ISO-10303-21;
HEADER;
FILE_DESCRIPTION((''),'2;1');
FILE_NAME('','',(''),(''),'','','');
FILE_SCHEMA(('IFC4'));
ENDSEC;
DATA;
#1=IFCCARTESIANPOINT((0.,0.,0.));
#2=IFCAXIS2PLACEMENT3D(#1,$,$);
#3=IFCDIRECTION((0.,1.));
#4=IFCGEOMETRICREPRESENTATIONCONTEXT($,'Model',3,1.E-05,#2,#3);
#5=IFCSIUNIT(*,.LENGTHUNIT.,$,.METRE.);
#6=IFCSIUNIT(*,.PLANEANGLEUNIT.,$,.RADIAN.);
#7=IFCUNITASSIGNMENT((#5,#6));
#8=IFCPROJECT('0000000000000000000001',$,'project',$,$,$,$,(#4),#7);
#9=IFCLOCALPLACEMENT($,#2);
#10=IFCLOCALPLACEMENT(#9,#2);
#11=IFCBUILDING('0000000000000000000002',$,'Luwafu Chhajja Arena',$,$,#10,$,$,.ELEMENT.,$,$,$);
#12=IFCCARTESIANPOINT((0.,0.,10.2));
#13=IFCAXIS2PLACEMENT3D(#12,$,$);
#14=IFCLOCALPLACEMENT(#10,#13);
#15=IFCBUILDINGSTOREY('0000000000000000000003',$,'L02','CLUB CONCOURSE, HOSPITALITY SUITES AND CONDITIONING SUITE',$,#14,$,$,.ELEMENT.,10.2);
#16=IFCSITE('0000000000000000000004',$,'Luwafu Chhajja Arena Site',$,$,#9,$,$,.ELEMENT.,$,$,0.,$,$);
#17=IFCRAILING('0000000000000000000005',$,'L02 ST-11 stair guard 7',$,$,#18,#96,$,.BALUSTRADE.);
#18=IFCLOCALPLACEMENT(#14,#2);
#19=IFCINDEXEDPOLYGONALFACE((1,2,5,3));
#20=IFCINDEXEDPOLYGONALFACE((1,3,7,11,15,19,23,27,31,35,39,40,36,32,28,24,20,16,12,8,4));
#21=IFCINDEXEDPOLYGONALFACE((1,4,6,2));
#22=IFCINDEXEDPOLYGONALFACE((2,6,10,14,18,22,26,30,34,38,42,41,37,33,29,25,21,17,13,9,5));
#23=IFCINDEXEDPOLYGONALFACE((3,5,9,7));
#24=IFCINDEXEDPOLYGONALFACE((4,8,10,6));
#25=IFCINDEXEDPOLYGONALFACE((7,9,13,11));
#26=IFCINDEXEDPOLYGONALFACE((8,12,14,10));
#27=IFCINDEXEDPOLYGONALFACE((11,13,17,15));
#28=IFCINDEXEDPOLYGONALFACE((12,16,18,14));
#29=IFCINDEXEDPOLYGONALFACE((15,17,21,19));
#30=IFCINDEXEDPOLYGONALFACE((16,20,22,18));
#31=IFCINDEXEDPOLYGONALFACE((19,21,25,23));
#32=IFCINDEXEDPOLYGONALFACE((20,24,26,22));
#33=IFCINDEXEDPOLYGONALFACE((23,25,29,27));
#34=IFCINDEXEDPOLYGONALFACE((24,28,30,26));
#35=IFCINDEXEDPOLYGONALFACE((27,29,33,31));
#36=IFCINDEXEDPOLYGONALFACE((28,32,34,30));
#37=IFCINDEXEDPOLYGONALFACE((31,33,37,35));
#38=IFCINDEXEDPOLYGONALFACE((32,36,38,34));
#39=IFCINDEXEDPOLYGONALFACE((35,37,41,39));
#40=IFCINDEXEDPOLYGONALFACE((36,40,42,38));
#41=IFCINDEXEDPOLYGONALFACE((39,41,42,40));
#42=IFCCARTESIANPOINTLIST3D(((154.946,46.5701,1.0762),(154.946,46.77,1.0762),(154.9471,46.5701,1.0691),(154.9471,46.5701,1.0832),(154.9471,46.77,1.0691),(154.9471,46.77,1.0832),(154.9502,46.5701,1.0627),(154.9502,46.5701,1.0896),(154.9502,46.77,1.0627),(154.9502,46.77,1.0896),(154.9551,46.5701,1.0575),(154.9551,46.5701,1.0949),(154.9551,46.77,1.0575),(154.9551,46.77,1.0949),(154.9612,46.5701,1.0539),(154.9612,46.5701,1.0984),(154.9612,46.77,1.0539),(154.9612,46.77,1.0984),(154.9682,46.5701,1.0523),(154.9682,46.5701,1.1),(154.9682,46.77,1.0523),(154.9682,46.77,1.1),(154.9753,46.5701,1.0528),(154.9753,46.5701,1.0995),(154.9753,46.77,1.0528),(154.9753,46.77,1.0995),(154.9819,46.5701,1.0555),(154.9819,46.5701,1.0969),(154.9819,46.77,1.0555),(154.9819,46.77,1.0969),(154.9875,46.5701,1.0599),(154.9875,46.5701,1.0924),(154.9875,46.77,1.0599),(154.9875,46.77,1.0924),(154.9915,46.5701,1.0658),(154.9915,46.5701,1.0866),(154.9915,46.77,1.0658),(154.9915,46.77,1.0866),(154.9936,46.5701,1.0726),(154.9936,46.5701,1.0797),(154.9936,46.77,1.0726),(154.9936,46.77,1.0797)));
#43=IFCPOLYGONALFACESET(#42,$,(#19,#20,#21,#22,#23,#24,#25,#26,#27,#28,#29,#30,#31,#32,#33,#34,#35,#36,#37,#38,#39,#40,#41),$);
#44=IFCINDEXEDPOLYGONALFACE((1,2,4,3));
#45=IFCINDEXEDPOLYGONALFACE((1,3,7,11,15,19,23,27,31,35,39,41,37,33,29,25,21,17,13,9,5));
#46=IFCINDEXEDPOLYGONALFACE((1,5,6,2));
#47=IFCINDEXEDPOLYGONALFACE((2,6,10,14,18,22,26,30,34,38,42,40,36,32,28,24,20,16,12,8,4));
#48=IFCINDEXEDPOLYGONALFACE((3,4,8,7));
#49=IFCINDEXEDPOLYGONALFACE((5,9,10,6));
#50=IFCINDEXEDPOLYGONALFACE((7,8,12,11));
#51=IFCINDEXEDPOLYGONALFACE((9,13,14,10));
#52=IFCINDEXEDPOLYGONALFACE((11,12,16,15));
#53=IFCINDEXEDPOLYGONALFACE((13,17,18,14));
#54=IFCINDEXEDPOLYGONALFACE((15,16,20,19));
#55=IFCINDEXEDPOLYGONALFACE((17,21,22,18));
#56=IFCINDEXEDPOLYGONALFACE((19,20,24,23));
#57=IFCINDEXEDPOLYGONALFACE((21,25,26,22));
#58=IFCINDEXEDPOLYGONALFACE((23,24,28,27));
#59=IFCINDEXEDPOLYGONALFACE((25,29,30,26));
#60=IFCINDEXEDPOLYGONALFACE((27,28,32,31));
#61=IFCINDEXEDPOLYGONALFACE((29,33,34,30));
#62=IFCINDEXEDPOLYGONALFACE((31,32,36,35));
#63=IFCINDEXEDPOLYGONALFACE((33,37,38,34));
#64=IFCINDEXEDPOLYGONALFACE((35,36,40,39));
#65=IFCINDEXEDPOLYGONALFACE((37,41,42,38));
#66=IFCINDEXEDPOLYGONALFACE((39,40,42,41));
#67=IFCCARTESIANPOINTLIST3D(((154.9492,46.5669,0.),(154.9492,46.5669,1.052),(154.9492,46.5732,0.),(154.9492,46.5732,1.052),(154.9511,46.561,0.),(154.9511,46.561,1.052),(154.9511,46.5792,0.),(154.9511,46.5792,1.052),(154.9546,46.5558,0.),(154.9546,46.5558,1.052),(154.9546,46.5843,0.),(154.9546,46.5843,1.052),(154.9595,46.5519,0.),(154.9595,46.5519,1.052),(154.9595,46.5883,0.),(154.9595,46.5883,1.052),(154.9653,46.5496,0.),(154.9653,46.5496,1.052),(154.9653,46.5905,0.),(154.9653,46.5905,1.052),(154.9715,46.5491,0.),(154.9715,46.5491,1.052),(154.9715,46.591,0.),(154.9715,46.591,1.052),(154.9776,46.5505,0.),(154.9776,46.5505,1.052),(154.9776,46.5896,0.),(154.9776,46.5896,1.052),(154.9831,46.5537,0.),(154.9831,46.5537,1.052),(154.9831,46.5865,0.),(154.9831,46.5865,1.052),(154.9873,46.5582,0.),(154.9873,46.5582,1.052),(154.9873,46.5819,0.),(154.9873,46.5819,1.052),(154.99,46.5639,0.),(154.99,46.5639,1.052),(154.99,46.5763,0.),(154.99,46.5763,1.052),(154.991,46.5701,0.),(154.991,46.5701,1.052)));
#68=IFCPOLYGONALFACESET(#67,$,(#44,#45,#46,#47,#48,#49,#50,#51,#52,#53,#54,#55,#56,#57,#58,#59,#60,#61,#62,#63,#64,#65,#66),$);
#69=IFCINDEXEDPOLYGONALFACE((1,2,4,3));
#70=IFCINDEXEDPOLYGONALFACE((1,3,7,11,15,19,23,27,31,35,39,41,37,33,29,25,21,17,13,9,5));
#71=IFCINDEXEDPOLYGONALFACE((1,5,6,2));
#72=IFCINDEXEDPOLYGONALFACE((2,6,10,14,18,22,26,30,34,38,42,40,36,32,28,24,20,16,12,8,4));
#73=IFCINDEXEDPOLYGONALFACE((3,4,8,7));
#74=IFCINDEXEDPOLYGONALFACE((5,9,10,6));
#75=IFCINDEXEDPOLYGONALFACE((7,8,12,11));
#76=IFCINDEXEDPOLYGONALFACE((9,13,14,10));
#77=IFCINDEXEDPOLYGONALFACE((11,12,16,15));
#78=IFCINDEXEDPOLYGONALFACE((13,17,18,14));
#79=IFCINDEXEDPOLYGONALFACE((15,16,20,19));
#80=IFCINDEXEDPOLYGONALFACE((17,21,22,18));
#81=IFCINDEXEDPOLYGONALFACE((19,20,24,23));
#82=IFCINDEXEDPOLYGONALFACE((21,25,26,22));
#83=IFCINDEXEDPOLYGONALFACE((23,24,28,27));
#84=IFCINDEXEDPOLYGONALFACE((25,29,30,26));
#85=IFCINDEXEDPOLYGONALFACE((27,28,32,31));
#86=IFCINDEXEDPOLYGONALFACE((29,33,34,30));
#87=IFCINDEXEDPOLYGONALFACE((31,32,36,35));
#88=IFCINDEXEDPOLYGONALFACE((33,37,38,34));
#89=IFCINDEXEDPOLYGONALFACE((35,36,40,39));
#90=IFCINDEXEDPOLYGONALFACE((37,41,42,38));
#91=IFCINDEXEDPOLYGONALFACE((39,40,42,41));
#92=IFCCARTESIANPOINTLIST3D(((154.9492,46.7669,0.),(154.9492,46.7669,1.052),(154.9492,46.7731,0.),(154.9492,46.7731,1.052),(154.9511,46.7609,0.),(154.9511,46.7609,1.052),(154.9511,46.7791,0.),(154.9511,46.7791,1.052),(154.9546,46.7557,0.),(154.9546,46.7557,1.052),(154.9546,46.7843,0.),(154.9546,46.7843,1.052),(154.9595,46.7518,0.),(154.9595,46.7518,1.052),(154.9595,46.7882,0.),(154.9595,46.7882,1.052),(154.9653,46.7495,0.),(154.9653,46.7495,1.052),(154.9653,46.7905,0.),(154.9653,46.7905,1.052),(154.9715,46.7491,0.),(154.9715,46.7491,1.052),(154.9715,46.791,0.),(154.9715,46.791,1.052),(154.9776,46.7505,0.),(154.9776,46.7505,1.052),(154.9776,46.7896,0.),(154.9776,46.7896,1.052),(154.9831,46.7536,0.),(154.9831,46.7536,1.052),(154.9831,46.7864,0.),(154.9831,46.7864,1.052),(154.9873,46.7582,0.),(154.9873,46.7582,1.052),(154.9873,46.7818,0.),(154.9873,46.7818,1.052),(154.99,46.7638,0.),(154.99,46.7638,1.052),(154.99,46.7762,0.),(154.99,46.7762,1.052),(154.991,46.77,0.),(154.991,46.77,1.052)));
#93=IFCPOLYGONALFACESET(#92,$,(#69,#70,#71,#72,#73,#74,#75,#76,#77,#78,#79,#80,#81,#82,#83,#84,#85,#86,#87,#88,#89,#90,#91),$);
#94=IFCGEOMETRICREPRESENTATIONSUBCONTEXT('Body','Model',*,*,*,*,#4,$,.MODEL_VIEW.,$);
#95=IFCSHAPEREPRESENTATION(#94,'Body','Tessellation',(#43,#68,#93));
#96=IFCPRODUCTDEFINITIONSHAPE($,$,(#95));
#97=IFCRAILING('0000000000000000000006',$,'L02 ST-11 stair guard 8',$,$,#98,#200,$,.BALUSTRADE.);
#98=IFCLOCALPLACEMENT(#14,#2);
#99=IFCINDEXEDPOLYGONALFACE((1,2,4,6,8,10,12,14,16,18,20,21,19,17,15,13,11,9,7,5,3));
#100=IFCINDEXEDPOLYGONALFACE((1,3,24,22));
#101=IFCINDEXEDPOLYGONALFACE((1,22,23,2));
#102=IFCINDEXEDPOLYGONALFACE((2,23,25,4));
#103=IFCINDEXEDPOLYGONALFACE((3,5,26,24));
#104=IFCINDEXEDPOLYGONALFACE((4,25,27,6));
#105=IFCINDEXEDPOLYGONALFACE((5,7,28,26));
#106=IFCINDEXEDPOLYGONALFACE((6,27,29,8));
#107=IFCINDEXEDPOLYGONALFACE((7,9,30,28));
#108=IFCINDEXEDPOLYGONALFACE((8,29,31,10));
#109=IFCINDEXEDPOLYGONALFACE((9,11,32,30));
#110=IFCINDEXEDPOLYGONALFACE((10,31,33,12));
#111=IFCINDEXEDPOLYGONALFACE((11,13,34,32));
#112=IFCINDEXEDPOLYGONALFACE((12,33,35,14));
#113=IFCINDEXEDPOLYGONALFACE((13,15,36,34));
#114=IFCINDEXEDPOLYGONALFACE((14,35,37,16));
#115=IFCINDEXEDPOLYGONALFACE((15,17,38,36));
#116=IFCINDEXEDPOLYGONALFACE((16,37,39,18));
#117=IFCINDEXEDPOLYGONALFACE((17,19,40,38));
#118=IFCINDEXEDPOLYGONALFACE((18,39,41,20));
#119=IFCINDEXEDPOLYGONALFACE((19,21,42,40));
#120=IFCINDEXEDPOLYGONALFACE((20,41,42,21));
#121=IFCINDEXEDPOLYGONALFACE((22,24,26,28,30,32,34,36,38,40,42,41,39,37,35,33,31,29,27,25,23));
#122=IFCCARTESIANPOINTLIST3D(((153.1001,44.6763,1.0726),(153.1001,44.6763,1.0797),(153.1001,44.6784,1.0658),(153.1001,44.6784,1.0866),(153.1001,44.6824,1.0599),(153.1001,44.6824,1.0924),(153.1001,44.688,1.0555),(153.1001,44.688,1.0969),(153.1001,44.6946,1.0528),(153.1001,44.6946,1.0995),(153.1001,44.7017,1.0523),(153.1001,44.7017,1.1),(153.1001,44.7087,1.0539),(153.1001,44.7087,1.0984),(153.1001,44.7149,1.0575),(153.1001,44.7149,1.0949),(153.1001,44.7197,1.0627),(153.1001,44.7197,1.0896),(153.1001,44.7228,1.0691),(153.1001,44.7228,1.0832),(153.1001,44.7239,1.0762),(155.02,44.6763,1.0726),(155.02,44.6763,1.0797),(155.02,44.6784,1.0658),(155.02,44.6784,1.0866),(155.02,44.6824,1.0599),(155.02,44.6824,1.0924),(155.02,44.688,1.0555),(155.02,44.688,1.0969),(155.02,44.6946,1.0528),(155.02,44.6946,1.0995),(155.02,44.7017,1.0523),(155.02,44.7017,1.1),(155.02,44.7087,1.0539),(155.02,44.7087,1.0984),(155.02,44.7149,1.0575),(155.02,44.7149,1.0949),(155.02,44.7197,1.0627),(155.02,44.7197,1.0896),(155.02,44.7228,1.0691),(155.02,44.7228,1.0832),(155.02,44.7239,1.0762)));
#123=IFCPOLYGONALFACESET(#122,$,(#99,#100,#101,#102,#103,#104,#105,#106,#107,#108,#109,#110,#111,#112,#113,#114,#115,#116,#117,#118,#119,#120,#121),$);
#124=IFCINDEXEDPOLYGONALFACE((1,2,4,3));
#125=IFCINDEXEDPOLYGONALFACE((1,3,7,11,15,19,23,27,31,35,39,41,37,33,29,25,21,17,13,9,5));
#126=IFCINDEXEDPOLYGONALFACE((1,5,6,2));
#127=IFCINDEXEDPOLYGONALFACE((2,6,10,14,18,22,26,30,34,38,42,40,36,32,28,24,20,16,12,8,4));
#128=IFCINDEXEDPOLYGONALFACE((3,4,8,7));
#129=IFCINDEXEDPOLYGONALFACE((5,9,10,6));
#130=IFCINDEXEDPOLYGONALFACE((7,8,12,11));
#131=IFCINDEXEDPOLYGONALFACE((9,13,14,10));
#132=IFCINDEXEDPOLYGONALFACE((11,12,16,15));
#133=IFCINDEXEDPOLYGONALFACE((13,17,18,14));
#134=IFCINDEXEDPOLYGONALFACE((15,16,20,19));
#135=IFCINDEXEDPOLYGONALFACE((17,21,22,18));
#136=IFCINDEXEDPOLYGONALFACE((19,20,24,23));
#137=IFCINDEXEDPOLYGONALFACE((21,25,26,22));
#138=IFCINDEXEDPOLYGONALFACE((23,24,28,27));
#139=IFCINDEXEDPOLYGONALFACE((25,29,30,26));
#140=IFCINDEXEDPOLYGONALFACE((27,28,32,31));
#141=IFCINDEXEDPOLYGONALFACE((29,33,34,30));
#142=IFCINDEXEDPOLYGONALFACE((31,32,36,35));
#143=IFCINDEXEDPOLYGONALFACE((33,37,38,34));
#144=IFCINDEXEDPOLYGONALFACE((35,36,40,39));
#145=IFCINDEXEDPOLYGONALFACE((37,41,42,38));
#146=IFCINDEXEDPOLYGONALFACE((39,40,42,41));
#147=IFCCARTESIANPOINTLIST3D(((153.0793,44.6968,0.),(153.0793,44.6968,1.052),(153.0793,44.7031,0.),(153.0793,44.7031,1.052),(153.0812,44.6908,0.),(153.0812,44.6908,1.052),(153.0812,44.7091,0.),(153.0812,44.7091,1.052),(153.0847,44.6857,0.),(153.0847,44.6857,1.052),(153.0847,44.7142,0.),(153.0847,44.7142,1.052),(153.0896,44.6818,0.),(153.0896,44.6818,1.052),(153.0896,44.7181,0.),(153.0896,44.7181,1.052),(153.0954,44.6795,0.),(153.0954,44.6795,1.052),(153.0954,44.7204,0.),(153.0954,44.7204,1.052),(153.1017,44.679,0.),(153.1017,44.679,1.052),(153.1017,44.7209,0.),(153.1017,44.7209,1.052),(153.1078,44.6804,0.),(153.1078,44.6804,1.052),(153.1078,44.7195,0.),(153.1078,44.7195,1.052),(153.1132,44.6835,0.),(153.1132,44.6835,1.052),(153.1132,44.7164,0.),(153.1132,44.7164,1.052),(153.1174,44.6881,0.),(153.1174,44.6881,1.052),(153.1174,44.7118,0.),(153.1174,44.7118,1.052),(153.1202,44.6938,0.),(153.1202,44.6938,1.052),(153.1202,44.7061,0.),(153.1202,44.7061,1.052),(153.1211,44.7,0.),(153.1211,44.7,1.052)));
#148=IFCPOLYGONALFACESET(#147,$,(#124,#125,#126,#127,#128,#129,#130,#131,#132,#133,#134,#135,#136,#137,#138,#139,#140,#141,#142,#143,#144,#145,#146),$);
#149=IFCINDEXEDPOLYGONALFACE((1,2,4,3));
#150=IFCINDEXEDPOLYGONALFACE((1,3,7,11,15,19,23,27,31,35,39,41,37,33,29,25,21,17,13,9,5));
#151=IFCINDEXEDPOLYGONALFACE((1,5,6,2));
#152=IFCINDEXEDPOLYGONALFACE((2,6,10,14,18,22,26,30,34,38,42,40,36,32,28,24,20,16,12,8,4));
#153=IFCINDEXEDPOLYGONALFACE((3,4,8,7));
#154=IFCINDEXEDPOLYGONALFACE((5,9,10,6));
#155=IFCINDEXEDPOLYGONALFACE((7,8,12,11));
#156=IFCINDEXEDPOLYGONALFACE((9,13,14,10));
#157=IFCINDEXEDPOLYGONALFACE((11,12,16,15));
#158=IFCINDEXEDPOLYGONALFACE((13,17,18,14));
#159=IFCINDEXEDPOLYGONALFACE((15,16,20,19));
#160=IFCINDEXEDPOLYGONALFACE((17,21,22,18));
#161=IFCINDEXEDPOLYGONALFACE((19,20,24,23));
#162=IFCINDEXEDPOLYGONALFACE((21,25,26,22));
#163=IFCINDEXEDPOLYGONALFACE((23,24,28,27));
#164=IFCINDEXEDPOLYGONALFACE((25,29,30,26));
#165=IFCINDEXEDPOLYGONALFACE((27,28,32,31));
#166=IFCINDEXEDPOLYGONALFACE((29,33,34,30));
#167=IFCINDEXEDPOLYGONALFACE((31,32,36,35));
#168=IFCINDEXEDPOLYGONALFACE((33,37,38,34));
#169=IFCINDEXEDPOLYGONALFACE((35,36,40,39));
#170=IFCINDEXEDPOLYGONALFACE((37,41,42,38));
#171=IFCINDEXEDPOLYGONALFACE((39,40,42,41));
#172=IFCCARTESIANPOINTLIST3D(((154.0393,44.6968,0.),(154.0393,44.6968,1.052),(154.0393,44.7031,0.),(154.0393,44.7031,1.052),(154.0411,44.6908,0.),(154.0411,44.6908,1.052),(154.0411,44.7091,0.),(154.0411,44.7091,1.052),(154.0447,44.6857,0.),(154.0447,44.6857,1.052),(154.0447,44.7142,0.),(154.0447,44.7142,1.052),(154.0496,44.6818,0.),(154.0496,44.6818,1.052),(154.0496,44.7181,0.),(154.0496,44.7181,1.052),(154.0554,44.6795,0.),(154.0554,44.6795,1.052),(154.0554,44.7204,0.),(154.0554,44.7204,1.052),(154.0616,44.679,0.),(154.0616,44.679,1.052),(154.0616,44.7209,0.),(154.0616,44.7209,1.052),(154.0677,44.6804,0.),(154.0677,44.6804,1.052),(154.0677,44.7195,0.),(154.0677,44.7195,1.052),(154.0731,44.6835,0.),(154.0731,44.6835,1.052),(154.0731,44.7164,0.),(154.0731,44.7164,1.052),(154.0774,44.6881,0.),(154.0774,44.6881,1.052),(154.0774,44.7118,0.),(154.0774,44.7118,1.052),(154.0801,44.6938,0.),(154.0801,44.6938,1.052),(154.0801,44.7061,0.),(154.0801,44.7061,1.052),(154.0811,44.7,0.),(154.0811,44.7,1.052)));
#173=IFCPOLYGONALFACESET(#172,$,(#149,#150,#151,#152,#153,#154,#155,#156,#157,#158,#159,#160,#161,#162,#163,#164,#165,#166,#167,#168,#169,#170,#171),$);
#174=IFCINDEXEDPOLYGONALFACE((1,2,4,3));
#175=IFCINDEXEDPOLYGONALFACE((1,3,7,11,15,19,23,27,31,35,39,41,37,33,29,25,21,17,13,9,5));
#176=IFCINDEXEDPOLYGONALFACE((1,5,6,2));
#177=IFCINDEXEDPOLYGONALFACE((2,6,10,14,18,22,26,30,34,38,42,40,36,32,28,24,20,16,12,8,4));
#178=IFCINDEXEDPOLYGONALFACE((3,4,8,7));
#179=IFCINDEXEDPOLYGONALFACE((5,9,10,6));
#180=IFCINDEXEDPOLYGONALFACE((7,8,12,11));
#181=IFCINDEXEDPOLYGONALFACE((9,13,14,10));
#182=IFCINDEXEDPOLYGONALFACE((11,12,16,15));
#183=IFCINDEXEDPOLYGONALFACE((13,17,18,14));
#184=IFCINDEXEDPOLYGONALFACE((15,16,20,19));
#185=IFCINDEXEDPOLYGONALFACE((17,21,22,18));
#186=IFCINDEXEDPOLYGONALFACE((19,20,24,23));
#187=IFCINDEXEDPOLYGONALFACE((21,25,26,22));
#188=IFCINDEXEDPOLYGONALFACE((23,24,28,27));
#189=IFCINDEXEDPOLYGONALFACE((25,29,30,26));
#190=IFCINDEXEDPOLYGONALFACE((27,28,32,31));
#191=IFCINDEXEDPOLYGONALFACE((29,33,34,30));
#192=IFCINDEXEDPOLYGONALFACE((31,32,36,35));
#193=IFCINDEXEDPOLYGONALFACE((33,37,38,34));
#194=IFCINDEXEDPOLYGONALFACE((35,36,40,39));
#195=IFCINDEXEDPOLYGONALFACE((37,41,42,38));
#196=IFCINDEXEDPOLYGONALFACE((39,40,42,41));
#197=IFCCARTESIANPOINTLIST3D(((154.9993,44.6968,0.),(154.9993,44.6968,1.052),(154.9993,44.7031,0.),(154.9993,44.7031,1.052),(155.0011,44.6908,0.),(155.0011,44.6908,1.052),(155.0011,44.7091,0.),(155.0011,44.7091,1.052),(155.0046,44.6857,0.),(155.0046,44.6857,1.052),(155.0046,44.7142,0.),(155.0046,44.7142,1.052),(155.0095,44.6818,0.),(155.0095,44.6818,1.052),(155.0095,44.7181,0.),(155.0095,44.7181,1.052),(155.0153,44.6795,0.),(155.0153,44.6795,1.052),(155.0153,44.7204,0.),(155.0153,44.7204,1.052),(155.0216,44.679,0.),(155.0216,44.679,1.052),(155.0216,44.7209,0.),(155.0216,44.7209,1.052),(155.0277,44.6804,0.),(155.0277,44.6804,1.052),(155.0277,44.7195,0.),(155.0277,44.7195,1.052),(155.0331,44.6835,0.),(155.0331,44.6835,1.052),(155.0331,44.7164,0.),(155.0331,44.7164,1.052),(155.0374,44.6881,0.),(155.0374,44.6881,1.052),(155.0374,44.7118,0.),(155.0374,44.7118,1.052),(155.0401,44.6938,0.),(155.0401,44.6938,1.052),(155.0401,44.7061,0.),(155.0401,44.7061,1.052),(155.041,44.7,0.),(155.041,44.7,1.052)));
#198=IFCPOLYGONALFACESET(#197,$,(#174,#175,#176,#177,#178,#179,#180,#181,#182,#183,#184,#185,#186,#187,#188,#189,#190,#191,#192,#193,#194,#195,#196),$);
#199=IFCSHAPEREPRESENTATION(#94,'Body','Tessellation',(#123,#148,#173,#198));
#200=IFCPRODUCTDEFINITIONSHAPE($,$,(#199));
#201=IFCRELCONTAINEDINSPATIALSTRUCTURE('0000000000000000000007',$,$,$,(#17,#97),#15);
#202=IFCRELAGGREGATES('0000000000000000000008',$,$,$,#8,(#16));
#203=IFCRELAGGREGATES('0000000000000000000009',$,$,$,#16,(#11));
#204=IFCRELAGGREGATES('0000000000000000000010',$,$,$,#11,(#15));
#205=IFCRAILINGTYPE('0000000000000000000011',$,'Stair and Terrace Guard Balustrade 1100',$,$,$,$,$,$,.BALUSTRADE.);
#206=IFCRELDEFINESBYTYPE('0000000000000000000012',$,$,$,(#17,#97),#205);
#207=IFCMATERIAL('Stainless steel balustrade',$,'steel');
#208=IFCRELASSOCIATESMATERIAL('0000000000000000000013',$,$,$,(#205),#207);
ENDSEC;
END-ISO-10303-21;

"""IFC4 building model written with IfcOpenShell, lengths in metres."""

from ifc_helpers import new_model, si_unit, direction, frame, origin, origin_2d, place, context, subcontext, project, spatial, circle, extrude, material, type_object, element, save


model = new_model("IFC4")

# Units and contexts
model_context = context("Model", 3, precision=1e-05, world=origin(), true_north=direction((0.0, 1.0)))
body_context = subcontext(model_context, "Body", "Model", "MODEL_VIEW")
ifc_project = project(units=[si_unit("LENGTHUNIT", "METRE"), si_unit("PLANEANGLEUNIT", "RADIAN")], contexts=[model_context])

# Site, building, storey
site_placement = place(None, origin())
site = spatial("IfcSite", under=ifc_project, at=site_placement, Name="Luwafu Chhajja Arena Site", CompositionType="ELEMENT", RefElevation=0.0)
building_placement = place(site_placement, origin())
building = spatial("IfcBuilding", under=site, at=building_placement, Name="Luwafu Chhajja Arena", CompositionType="ELEMENT")
storey_placement = place(building_placement, frame((0.0, 0.0, 10.2)))
storey = spatial("IfcBuildingStorey", under=building, at=storey_placement, Name="L02", Description="CLUB CONCOURSE, HOSPITALITY SUITES AND CONDITIONING SUITE", CompositionType="ELEMENT", Elevation=10.2)

# Railings
ifc_material_1 = material(Name="Stainless steel balustrade", Category="steel")
railing_type_1 = type_object("IfcRailingType", Name="Stair and Terrace Guard Balustrade 1100", PredefinedType="BALUSTRADE", material=ifc_material_1)
railing_1_placement = place(storey_placement, frame((154.97, 46.5701, 0.0)))
element("IfcRailing", 1, at=railing_1_placement, inside=storey, type_object=railing_type_1, Name="L02 ST-11 stair guard 7", PredefinedType="BALUSTRADE", context=body_context, shape_type="SweptSolid", body=[
    extrude(circle(Radius=0.0239, at=origin_2d()), frame((0.0, 0.0, 1.0762), z_axis=(0.0, 1.0, 0.0), x_axis=(-1.0, 0.0, 0.0)), (0.0, 0.0, 1.0), 0.2),
    extrude(circle(Radius=0.021, at=origin_2d()), origin(), (0.0, 0.0, 1.0), 1.052),
    extrude(circle(Radius=0.021, at=origin_2d()), frame((0.0, 0.2, 0.0)), (0.0, 0.0, 1.0), 1.052),
])
for number, where, name in (
    (2, (153.1001, 44.7, 0.0), "L02 ST-11 stair guard 8"),
):
    element("IfcRailing", number, at=place(storey_placement, frame(where)), inside=storey, type_object=railing_type_1, Name=name, PredefinedType="BALUSTRADE", context=body_context, shape_type="SweptSolid", body=[
        extrude(circle(Radius=0.0239, at=origin_2d()), frame((0.0, 0.0, 1.0762), z_axis=(1.0, 0.0, 0.0), x_axis=(0.0, 1.0, 0.0)), (0.0, 0.0, 1.0), 1.9199),
        extrude(circle(Radius=0.021, at=origin_2d()), origin(), (0.0, 0.0, 1.0), 1.052),
        extrude(circle(Radius=0.021, at=origin_2d()), frame((0.96, 0.0, 0.0)), (0.0, 0.0, 1.0), 1.052),
        extrude(circle(Radius=0.021, at=origin_2d()), frame((1.9199, 0.0, 0.0)), (0.0, 0.0, 1.0), 1.052),
    ])

save(model, "model.ifc")
